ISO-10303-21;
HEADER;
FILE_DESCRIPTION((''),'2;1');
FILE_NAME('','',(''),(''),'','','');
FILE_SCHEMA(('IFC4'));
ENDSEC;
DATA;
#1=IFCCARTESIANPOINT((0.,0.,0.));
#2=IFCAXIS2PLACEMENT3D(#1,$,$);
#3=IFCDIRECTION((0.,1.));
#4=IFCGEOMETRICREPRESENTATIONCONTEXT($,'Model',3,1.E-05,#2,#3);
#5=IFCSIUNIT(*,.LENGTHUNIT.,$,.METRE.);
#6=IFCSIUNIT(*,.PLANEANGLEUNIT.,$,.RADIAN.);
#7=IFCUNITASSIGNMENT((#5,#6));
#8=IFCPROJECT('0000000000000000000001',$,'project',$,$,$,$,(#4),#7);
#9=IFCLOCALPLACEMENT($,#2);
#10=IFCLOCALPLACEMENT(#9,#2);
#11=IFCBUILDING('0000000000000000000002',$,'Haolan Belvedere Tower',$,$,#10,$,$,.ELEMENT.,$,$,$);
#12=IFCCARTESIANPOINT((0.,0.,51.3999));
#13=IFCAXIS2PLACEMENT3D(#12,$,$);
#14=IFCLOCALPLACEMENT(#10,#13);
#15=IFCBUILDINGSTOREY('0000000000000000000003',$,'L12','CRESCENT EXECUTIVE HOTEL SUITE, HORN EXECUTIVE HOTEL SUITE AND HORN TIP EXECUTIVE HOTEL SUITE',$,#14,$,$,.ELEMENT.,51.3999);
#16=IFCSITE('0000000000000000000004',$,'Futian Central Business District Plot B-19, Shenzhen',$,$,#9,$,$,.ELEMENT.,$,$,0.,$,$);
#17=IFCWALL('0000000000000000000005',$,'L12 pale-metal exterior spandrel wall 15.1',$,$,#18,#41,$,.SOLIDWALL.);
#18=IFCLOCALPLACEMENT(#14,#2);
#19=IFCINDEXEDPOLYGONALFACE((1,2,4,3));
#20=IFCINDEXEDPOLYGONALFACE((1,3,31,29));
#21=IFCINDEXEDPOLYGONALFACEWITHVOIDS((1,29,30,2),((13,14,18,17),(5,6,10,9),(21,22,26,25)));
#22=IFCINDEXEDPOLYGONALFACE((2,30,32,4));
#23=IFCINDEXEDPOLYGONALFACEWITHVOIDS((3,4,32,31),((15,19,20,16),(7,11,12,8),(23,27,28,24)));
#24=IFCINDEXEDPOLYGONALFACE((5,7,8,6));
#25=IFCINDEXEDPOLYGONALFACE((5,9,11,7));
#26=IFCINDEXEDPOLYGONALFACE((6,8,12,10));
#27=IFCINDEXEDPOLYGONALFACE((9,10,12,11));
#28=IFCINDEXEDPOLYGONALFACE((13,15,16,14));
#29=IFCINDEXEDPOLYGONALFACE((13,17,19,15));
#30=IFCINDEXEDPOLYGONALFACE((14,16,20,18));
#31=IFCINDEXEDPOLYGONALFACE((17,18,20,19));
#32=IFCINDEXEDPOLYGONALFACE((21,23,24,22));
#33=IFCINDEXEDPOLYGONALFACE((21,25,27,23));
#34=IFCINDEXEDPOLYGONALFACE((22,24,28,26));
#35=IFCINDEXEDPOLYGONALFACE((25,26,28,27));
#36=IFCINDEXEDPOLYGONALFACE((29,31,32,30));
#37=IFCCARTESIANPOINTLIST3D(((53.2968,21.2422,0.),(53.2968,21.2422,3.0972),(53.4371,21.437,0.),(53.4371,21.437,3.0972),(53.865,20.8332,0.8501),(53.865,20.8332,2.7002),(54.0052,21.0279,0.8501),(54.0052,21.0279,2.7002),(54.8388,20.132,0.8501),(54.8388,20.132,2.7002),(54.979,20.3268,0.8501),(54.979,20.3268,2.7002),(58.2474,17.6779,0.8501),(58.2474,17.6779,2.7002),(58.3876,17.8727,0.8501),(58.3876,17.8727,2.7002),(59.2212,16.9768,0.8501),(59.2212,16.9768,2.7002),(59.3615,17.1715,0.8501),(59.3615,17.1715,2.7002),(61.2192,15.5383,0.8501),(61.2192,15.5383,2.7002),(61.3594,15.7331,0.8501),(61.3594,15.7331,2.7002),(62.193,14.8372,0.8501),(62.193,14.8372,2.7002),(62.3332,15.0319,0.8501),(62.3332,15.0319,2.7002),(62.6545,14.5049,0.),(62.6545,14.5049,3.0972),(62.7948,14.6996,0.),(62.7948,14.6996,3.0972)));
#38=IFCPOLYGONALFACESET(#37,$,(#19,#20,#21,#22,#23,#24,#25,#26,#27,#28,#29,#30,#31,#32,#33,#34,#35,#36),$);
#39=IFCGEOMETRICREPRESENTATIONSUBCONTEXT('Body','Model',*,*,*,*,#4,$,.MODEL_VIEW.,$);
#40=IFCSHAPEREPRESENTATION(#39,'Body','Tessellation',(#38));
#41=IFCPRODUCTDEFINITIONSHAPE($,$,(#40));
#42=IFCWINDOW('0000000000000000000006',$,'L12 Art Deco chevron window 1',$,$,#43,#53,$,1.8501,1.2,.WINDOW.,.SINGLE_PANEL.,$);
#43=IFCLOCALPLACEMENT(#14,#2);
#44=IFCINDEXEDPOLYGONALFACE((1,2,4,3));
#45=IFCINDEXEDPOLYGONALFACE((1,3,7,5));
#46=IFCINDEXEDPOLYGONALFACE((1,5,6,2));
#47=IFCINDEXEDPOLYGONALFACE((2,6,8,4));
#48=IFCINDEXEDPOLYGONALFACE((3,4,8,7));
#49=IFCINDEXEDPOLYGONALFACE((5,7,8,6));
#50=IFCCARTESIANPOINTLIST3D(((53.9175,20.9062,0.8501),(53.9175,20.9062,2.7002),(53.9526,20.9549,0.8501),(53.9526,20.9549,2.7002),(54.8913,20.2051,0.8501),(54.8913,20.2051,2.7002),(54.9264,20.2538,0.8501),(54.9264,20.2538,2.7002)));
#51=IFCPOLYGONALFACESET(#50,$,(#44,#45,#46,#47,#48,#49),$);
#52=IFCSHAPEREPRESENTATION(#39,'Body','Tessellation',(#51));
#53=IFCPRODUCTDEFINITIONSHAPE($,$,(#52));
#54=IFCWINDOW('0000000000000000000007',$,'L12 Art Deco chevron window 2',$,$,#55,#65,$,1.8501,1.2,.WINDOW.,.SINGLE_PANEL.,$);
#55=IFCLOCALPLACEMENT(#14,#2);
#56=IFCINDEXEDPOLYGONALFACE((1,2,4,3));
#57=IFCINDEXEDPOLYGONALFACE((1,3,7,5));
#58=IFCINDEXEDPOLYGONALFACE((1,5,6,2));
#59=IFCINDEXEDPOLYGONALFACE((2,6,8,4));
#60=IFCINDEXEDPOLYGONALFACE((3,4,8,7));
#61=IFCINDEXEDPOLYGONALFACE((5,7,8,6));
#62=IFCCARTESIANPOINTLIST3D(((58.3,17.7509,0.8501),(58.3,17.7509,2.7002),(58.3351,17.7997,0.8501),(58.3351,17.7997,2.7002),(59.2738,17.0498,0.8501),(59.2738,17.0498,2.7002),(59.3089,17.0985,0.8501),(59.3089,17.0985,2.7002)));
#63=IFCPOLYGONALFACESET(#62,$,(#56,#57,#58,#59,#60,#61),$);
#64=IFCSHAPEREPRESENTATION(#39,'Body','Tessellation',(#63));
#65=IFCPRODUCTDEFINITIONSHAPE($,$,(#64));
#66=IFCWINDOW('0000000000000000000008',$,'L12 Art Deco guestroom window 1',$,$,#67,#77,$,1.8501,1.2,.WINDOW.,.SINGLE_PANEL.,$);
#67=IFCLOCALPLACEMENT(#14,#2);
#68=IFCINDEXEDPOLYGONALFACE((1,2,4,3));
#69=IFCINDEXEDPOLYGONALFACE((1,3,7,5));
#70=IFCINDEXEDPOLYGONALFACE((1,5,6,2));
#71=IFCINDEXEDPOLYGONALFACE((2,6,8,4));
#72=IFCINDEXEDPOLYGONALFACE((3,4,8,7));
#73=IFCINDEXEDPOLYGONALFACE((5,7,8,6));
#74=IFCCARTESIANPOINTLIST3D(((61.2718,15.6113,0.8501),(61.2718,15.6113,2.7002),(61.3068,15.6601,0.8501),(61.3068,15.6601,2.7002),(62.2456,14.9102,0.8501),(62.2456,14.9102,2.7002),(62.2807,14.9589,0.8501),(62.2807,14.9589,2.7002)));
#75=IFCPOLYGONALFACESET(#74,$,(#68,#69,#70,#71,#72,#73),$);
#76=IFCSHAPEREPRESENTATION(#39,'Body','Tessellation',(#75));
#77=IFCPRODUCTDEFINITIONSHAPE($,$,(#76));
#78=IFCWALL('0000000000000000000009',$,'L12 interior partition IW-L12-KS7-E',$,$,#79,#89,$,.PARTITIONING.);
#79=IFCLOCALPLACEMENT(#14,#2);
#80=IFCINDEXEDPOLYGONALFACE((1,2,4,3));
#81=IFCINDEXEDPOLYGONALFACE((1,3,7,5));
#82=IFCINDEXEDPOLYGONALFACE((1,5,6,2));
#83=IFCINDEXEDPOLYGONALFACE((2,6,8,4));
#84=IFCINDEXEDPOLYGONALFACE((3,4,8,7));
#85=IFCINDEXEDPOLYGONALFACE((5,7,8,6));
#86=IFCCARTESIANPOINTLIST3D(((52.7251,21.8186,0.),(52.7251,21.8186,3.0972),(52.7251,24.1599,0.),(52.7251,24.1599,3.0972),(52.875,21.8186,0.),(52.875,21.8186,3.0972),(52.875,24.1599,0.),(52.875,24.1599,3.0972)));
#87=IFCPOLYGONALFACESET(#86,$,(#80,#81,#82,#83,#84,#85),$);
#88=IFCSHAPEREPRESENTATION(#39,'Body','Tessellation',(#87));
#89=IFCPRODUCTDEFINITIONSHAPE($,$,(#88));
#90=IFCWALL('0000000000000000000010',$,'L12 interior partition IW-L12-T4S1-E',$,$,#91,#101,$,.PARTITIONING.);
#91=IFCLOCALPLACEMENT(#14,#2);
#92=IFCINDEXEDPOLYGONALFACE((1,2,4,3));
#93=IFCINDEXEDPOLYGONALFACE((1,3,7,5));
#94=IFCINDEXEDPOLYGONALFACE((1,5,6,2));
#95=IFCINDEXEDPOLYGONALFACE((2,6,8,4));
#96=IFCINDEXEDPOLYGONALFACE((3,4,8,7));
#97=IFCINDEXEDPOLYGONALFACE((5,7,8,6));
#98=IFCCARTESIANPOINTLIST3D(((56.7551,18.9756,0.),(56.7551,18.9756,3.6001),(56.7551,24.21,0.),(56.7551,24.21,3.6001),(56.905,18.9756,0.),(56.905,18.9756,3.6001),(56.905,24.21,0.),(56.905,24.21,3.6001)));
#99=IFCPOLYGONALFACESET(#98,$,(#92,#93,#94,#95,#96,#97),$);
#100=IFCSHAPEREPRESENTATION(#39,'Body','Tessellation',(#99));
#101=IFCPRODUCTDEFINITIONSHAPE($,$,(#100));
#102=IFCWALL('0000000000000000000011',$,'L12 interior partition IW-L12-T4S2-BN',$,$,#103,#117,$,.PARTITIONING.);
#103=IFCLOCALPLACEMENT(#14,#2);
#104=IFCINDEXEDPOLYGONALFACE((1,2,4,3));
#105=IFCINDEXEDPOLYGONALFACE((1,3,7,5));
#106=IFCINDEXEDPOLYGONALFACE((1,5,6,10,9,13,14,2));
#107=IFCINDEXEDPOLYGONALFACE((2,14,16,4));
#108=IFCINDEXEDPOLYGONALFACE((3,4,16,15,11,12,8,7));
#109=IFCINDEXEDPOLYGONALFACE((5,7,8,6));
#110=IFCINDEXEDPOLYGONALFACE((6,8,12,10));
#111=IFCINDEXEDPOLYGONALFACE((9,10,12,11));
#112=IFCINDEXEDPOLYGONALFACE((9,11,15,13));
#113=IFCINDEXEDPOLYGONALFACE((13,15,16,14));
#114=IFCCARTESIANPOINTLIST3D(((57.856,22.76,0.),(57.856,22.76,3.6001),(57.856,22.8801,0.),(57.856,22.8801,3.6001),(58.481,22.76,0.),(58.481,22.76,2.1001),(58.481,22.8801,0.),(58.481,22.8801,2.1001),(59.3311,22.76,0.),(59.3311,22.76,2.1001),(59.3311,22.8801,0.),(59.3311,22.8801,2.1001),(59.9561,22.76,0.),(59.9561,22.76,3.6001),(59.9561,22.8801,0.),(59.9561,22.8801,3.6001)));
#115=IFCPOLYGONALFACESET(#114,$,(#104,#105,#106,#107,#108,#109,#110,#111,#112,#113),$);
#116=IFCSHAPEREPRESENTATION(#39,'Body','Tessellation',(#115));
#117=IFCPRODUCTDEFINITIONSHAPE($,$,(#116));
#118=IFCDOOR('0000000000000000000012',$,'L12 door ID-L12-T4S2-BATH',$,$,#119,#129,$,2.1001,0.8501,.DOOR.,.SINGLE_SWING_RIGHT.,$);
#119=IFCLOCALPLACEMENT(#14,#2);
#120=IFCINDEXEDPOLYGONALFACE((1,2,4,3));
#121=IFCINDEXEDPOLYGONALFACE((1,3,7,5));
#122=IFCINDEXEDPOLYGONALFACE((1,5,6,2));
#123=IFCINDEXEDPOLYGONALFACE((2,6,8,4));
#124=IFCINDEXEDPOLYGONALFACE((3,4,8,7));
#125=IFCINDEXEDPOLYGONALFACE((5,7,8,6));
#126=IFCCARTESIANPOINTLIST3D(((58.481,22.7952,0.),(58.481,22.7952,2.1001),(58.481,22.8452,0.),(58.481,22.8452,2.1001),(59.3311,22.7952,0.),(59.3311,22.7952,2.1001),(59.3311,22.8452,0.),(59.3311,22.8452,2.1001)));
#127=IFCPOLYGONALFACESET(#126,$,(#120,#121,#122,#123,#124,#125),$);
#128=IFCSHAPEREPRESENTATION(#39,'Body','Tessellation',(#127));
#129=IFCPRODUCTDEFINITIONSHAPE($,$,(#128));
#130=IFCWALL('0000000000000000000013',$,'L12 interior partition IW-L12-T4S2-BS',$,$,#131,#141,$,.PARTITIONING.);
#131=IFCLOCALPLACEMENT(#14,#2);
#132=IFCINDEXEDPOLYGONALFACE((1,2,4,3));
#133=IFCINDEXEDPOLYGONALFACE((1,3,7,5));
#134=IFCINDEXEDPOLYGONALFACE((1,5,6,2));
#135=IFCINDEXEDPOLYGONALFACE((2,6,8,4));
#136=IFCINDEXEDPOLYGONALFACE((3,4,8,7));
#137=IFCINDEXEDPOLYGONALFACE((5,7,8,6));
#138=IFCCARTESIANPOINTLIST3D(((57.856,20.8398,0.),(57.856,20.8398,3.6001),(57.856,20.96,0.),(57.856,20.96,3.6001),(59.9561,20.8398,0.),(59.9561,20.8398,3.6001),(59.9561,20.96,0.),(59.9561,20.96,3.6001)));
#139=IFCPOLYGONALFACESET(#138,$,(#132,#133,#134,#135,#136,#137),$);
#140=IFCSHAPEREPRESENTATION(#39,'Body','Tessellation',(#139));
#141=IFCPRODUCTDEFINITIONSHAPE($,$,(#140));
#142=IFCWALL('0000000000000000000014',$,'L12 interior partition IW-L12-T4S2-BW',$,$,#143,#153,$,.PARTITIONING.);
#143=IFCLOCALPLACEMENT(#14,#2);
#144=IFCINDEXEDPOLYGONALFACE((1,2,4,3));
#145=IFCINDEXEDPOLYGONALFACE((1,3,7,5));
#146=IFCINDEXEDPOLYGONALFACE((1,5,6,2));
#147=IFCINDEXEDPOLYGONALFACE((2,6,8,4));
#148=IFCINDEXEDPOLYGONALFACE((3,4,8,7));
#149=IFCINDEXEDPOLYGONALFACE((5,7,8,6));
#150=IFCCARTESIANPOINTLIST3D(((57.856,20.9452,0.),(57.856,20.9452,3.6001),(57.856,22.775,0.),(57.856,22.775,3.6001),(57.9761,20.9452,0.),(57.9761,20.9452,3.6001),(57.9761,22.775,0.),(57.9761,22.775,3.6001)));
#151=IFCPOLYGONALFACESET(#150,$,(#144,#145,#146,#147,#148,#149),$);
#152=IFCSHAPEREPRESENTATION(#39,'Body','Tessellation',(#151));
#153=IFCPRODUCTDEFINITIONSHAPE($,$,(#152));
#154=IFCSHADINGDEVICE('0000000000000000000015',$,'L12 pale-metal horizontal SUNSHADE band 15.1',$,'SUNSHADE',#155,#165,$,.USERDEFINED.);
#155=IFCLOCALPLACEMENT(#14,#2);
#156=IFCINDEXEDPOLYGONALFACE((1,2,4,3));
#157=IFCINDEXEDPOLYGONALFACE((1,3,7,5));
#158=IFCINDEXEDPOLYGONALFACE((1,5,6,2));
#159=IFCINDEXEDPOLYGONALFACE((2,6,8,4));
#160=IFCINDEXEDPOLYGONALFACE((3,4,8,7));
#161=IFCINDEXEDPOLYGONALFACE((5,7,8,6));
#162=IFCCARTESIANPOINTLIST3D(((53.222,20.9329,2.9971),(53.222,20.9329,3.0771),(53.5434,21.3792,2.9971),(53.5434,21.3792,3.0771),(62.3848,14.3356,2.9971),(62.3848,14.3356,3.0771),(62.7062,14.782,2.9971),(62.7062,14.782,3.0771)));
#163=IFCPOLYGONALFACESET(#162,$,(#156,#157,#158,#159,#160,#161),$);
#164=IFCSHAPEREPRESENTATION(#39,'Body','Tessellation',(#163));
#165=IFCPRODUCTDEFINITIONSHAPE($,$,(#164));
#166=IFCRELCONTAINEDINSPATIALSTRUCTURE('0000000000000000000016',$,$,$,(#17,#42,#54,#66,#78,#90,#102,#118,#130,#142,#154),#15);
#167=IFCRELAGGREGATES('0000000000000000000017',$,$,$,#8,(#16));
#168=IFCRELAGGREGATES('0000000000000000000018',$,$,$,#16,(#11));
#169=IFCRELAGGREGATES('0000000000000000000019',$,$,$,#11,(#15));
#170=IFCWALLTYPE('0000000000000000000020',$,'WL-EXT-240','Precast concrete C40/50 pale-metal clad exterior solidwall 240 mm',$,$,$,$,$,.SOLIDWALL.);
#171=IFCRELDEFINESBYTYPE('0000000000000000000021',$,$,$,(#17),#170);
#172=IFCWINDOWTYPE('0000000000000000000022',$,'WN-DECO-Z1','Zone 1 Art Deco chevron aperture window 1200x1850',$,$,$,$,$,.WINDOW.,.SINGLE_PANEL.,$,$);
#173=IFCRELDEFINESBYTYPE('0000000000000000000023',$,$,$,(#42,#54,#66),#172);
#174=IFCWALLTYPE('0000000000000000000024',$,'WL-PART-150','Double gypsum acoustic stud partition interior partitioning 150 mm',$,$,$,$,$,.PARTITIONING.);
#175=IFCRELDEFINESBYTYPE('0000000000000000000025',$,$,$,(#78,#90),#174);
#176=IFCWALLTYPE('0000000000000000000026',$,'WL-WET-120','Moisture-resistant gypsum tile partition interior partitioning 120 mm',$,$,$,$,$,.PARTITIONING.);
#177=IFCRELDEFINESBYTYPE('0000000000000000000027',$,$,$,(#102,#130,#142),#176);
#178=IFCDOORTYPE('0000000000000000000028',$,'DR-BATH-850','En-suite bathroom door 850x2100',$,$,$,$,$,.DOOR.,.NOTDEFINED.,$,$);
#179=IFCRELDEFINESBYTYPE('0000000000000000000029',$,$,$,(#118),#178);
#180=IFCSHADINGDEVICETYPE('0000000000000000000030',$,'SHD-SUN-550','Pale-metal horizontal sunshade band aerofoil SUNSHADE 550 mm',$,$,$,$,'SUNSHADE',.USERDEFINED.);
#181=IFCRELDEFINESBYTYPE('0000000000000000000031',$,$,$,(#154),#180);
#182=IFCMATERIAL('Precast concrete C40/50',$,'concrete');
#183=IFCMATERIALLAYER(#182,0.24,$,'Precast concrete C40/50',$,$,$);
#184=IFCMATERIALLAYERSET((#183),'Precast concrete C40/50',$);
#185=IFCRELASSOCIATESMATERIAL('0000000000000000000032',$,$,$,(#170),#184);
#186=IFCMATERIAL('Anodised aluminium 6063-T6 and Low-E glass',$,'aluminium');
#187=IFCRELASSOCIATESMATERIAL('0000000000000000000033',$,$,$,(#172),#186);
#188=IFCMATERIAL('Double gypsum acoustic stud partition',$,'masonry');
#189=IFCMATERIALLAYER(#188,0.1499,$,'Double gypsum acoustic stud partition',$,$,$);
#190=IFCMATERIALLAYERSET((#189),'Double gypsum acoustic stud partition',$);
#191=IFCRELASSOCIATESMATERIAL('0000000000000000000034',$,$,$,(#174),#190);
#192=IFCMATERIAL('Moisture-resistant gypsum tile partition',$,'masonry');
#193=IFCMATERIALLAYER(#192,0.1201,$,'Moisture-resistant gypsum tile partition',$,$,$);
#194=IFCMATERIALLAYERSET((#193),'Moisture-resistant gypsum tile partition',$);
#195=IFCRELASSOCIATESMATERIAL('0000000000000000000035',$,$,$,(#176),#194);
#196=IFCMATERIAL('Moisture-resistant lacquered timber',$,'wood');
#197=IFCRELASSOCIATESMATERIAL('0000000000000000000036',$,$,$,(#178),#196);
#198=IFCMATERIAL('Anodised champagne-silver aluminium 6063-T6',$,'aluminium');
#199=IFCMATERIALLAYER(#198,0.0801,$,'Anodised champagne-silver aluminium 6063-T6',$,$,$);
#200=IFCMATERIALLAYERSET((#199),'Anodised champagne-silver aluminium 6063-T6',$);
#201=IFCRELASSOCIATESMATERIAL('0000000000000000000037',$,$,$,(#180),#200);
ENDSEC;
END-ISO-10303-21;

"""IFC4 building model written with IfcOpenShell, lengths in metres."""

from ifc_helpers import new_model, si_unit, direction, frame, frame_2d, origin, origin_2d, place, context, subcontext, project, spatial, rectangle, extrude, material, layer, layer_set, type_object, element, fill, save


model = new_model("IFC4")

# Units and contexts
model_context = context("Model", 3, precision=1e-05, world=origin(), true_north=direction((0.0, 1.0)))
body_context = subcontext(model_context, "Body", "Model", "MODEL_VIEW")
ifc_project = project(units=[si_unit("LENGTHUNIT", "METRE"), si_unit("PLANEANGLEUNIT", "RADIAN")], contexts=[model_context])

# Site, building, storey
site_placement = place(None, origin())
site = spatial("IfcSite", under=ifc_project, at=site_placement, Name="Futian Central Business District Plot B-19, Shenzhen", CompositionType="ELEMENT", RefElevation=0.0)
building_placement = place(site_placement, origin())
building = spatial("IfcBuilding", under=site, at=building_placement, Name="Haolan Belvedere Tower", CompositionType="ELEMENT")
storey_placement = place(building_placement, frame((0.0, 0.0, 51.3999)))
storey = spatial("IfcBuildingStorey", under=building, at=storey_placement, Name="L12", Description="CRESCENT EXECUTIVE HOTEL SUITE, HORN EXECUTIVE HOTEL SUITE AND HORN TIP EXECUTIVE HOTEL SUITE", CompositionType="ELEMENT", Elevation=51.3999)

# Wall, openings, windows
ifc_material_1 = material(Name="Precast concrete C40/50", Category="concrete")
ifc_layer_1 = layer(ifc_material_1, 0.24, Name="Precast concrete C40/50")
ifc_layer_set_1 = layer_set([ifc_layer_1], Name="Precast concrete C40/50")
wall_type_1 = type_object("IfcWallType", Name="WL-EXT-240", Description="Precast concrete C40/50 pale-metal clad exterior solidwall 240 mm", PredefinedType="SOLIDWALL", material=ifc_layer_set_1)
wall_1_placement = place(storey_placement, frame((53.3669, 21.3396, 0.0), z_axis=(0.0, 0.0, 1.0), x_axis=(0.811543, -0.584292, 0.0)))
wall_1 = element("IfcWall", 1, at=wall_1_placement, inside=storey, type_object=wall_type_1, Name="L12 pale-metal exterior spandrel wall 15.1", PredefinedType="SOLIDWALL", context=body_context, shape_type="SweptSolid", body=[
    extrude(rectangle(XDim=11.5308, YDim=0.24, at=frame_2d((5.7654, 0.0))), origin(), (0.0, 0.0, 1.0), 3.0972),
])
opening_1_placement = place(wall_1_placement, frame((0.7, 0.0, 0.8501)))
opening_1 = element("IfcOpeningElement", 2, at=opening_1_placement, cuts=wall_1, PredefinedType="OPENING", context=body_context, shape_type="SweptSolid", body=[
    extrude(rectangle(XDim=1.2, YDim=1.8501, at=frame_2d((0.6001, 0.925))), frame((0.0, 0.1299, 0.0), z_axis=(0.0, -1.0, 0.0), x_axis=(1.0, 0.0, 0.0)), (0.0, 0.0, 1.0), 0.26),
])
opening_2_placement = place(wall_1_placement, frame((6.1001, 0.0, 0.8501)))
opening_2 = element("IfcOpeningElement", 3, at=opening_2_placement, cuts=wall_1, PredefinedType="OPENING", context=body_context, shape_type="SweptSolid", body=[
    extrude(rectangle(XDim=1.2, YDim=1.8501, at=frame_2d((0.6001, 0.925))), frame((0.0, 0.1299, 0.0), z_axis=(0.0, -1.0, 0.0), x_axis=(1.0, 0.0, 0.0)), (0.0, 0.0, 1.0), 0.26),
])
opening_3_placement = place(wall_1_placement, frame((9.762, 0.0, 0.8501)))
opening_3 = element("IfcOpeningElement", 4, at=opening_3_placement, cuts=wall_1, PredefinedType="OPENING", context=body_context, shape_type="SweptSolid", body=[
    extrude(rectangle(XDim=1.2, YDim=1.8501, at=frame_2d((0.6001, 0.925))), frame((0.0, 0.1299, 0.0), z_axis=(0.0, -1.0, 0.0), x_axis=(1.0, 0.0, 0.0)), (0.0, 0.0, 1.0), 0.26),
])
ifc_material_2 = material(Name="Anodised aluminium 6063-T6 and Low-E glass", Category="aluminium")
window_type = type_object("IfcWindowType", Name="WN-DECO-Z1", Description="Zone 1 Art Deco chevron aperture window 1200x1850", PartitioningType="SINGLE_PANEL", PredefinedType="WINDOW", material=ifc_material_2)
window_1_placement = place(opening_1_placement, origin())
window_1 = element("IfcWindow", 5, at=window_1_placement, inside=storey, type_object=window_type, Name="L12 Art Deco chevron window 1", OverallHeight=1.8501, OverallWidth=1.2, PartitioningType="SINGLE_PANEL", PredefinedType="WINDOW", context=body_context, shape_type="SweptSolid", body=[
    extrude(rectangle(XDim=1.2, YDim=1.8501, at=frame_2d((0.6001, 0.925))), frame((0.0, 0.03, 0.0), z_axis=(0.0, -1.0, 0.0), x_axis=(1.0, 0.0, 0.0)), (0.0, 0.0, 1.0), 0.0601),
])
fill(opening_1, window_1)
window_2_placement = place(opening_2_placement, origin())
window_2 = element("IfcWindow", 6, at=window_2_placement, inside=storey, type_object=window_type, Name="L12 Art Deco chevron window 2", OverallHeight=1.8501, OverallWidth=1.2, PartitioningType="SINGLE_PANEL", PredefinedType="WINDOW", context=body_context, shape_type="SweptSolid", body=[
    extrude(rectangle(XDim=1.2, YDim=1.8501, at=frame_2d((0.6001, 0.925))), frame((0.0, 0.03, 0.0), z_axis=(0.0, -1.0, 0.0), x_axis=(1.0, 0.0, 0.0)), (0.0, 0.0, 1.0), 0.0601),
])
fill(opening_2, window_2)
window_3_placement = place(opening_3_placement, origin())
window_3 = element("IfcWindow", 7, at=window_3_placement, inside=storey, type_object=window_type, Name="L12 Art Deco guestroom window 1", OverallHeight=1.8501, OverallWidth=1.2, PartitioningType="SINGLE_PANEL", PredefinedType="WINDOW", context=body_context, shape_type="SweptSolid", body=[
    extrude(rectangle(XDim=1.2, YDim=1.8501, at=frame_2d((0.6001, 0.925))), frame((0.0, 0.03, 0.0), z_axis=(0.0, -1.0, 0.0), x_axis=(1.0, 0.0, 0.0)), (0.0, 0.0, 1.0), 0.0601),
])
fill(opening_3, window_3)

# Wall
ifc_material_3 = material(Name="Double gypsum acoustic stud partition", Category="masonry")
ifc_layer_2 = layer(ifc_material_3, 0.1499, Name="Double gypsum acoustic stud partition")
ifc_layer_set_2 = layer_set([ifc_layer_2], Name="Double gypsum acoustic stud partition")
wall_type_2 = type_object("IfcWallType", Name="WL-PART-150", Description="Double gypsum acoustic stud partition interior partitioning 150 mm", PredefinedType="PARTITIONING", material=ifc_layer_set_2)
wall_2_placement = place(storey_placement, frame((52.8, 21.8186, 0.0), z_axis=(0.0, 0.0, 1.0), x_axis=(0.0, 1.0, 0.0)))
element("IfcWall", 8, at=wall_2_placement, inside=storey, type_object=wall_type_2, Name="L12 interior partition IW-L12-KS7-E", PredefinedType="PARTITIONING", context=body_context, shape_type="SweptSolid", body=[
    extrude(rectangle(XDim=2.3413, YDim=0.1499, at=frame_2d((1.1707, 0.0))), origin(), (0.0, 0.0, 1.0), 3.0972),
])

# Wall
wall_3_placement = place(storey_placement, frame((56.8301, 18.9756, 0.0), z_axis=(0.0, 0.0, 1.0), x_axis=(0.0, 1.0, 0.0)))
element("IfcWall", 9, at=wall_3_placement, inside=storey, type_object=wall_type_2, Name="L12 interior partition IW-L12-T4S1-E", PredefinedType="PARTITIONING", context=body_context, shape_type="SweptSolid", body=[
    extrude(rectangle(XDim=5.2344, YDim=0.1499, at=frame_2d((2.6172, 0.0))), origin(), (0.0, 0.0, 1.0), 3.6001),
])

# Wall, opening, door
ifc_material_4 = material(Name="Moisture-resistant gypsum tile partition", Category="masonry")
ifc_layer_3 = layer(ifc_material_4, 0.1201, Name="Moisture-resistant gypsum tile partition")
ifc_layer_set_3 = layer_set([ifc_layer_3], Name="Moisture-resistant gypsum tile partition")
wall_type_3 = type_object("IfcWallType", Name="WL-WET-120", Description="Moisture-resistant gypsum tile partition interior partitioning 120 mm", PredefinedType="PARTITIONING", material=ifc_layer_set_3)
wall_4_placement = place(storey_placement, frame((57.856, 22.8201, 0.0), z_axis=(0.0, 0.0, 1.0), x_axis=(1.0, 0.0, 0.0)))
wall_4 = element("IfcWall", 10, at=wall_4_placement, inside=storey, type_object=wall_type_3, Name="L12 interior partition IW-L12-T4S2-BN", PredefinedType="PARTITIONING", context=body_context, shape_type="SweptSolid", body=[
    extrude(rectangle(XDim=2.1001, YDim=0.1201, at=frame_2d((1.05, 0.0))), origin(), (0.0, 0.0, 1.0), 3.6001),
])
opening_4_placement = place(wall_4_placement, frame((1.4751, 0.0, 0.0), z_axis=(0.0, 0.0, 1.0), x_axis=(-1.0, 0.0, 0.0)))
opening_4 = element("IfcOpeningElement", 11, at=opening_4_placement, cuts=wall_4, PredefinedType="OPENING", context=body_context, shape_type="SweptSolid", body=[
    extrude(rectangle(XDim=0.8501, YDim=2.1001, at=frame_2d((0.425, 1.05))), frame((0.0, 0.0701, 0.0), z_axis=(0.0, -1.0, 0.0), x_axis=(1.0, 0.0, 0.0)), (0.0, 0.0, 1.0), 0.1401),
])
ifc_material_5 = material(Name="Moisture-resistant lacquered timber", Category="wood")
door_type_1 = type_object("IfcDoorType", Name="DR-BATH-850", Description="En-suite bathroom door 850x2100", OperationType="NOTDEFINED", PredefinedType="DOOR", material=ifc_material_5)
door_1_placement = place(opening_4_placement, origin())
door_1 = element("IfcDoor", 12, at=door_1_placement, inside=storey, type_object=door_type_1, Name="L12 door ID-L12-T4S2-BATH", OperationType="SINGLE_SWING_RIGHT", OverallHeight=2.1001, OverallWidth=0.8501, PredefinedType="DOOR", context=body_context, shape_type="SweptSolid", body=[
    extrude(rectangle(XDim=0.8501, YDim=2.1001, at=frame_2d((0.425, 1.05))), frame((0.0, 0.0249, 0.0), z_axis=(0.0, -1.0, 0.0), x_axis=(1.0, 0.0, 0.0)), (0.0, 0.0, 1.0), 0.05),
])
fill(opening_4, door_1)

# Walls
wall_5_placement = place(storey_placement, frame((57.856, 20.8999, 0.0), z_axis=(0.0, 0.0, 1.0), x_axis=(1.0, 0.0, 0.0)))
element("IfcWall", 13, at=wall_5_placement, inside=storey, type_object=wall_type_3, Name="L12 interior partition IW-L12-T4S2-BS", PredefinedType="PARTITIONING", context=body_context, shape_type="SweptSolid", body=[
    extrude(rectangle(XDim=2.1001, YDim=0.1201, at=frame_2d((1.05, 0.0))), origin(), (0.0, 0.0, 1.0), 3.6001),
])
wall_6_placement = place(storey_placement, frame((57.916, 20.9451, 0.0), z_axis=(0.0, 0.0, 1.0), x_axis=(0.0, 1.0, 0.0)))
element("IfcWall", 14, at=wall_6_placement, inside=storey, type_object=wall_type_3, Name="L12 interior partition IW-L12-T4S2-BW", PredefinedType="PARTITIONING", context=body_context, shape_type="SweptSolid", body=[
    extrude(rectangle(XDim=1.8298, YDim=0.1201, at=frame_2d((0.915, 0.0))), origin(), (0.0, 0.0, 1.0), 3.6001),
])

# Shading device
ifc_material_6 = material(Name="Anodised champagne-silver aluminium 6063-T6", Category="aluminium")
ifc_layer_4 = layer(ifc_material_6, 0.0801, Name="Anodised champagne-silver aluminium 6063-T6")
ifc_layer_set_4 = layer_set([ifc_layer_4], Name="Anodised champagne-silver aluminium 6063-T6")
shading_device_type = type_object("IfcShadingDeviceType", Name="SHD-SUN-550", Description="Pale-metal horizontal sunshade band aerofoil SUNSHADE 550 mm", ElementType="SUNSHADE", PredefinedType="USERDEFINED", material=ifc_layer_set_4)
shading_device_placement = place(storey_placement, frame((57.9641, 17.8574, 2.9971), z_axis=(0.0, 0.0, 1.0), x_axis=(0.811533, -0.584306, 0.0)))
element("IfcShadingDevice", 15, at=shading_device_placement, inside=storey, type_object=shading_device_type, Name="L12 pale-metal horizontal SUNSHADE band 15.1", ObjectType="SUNSHADE", PredefinedType="USERDEFINED", context=body_context, shape_type="SweptSolid", body=[
    extrude(rectangle(XDim=11.2908, YDim=0.55, at=origin_2d()), origin(), (0.0, 0.0, 1.0), 0.0801),
])

save(model, "model.ifc")
